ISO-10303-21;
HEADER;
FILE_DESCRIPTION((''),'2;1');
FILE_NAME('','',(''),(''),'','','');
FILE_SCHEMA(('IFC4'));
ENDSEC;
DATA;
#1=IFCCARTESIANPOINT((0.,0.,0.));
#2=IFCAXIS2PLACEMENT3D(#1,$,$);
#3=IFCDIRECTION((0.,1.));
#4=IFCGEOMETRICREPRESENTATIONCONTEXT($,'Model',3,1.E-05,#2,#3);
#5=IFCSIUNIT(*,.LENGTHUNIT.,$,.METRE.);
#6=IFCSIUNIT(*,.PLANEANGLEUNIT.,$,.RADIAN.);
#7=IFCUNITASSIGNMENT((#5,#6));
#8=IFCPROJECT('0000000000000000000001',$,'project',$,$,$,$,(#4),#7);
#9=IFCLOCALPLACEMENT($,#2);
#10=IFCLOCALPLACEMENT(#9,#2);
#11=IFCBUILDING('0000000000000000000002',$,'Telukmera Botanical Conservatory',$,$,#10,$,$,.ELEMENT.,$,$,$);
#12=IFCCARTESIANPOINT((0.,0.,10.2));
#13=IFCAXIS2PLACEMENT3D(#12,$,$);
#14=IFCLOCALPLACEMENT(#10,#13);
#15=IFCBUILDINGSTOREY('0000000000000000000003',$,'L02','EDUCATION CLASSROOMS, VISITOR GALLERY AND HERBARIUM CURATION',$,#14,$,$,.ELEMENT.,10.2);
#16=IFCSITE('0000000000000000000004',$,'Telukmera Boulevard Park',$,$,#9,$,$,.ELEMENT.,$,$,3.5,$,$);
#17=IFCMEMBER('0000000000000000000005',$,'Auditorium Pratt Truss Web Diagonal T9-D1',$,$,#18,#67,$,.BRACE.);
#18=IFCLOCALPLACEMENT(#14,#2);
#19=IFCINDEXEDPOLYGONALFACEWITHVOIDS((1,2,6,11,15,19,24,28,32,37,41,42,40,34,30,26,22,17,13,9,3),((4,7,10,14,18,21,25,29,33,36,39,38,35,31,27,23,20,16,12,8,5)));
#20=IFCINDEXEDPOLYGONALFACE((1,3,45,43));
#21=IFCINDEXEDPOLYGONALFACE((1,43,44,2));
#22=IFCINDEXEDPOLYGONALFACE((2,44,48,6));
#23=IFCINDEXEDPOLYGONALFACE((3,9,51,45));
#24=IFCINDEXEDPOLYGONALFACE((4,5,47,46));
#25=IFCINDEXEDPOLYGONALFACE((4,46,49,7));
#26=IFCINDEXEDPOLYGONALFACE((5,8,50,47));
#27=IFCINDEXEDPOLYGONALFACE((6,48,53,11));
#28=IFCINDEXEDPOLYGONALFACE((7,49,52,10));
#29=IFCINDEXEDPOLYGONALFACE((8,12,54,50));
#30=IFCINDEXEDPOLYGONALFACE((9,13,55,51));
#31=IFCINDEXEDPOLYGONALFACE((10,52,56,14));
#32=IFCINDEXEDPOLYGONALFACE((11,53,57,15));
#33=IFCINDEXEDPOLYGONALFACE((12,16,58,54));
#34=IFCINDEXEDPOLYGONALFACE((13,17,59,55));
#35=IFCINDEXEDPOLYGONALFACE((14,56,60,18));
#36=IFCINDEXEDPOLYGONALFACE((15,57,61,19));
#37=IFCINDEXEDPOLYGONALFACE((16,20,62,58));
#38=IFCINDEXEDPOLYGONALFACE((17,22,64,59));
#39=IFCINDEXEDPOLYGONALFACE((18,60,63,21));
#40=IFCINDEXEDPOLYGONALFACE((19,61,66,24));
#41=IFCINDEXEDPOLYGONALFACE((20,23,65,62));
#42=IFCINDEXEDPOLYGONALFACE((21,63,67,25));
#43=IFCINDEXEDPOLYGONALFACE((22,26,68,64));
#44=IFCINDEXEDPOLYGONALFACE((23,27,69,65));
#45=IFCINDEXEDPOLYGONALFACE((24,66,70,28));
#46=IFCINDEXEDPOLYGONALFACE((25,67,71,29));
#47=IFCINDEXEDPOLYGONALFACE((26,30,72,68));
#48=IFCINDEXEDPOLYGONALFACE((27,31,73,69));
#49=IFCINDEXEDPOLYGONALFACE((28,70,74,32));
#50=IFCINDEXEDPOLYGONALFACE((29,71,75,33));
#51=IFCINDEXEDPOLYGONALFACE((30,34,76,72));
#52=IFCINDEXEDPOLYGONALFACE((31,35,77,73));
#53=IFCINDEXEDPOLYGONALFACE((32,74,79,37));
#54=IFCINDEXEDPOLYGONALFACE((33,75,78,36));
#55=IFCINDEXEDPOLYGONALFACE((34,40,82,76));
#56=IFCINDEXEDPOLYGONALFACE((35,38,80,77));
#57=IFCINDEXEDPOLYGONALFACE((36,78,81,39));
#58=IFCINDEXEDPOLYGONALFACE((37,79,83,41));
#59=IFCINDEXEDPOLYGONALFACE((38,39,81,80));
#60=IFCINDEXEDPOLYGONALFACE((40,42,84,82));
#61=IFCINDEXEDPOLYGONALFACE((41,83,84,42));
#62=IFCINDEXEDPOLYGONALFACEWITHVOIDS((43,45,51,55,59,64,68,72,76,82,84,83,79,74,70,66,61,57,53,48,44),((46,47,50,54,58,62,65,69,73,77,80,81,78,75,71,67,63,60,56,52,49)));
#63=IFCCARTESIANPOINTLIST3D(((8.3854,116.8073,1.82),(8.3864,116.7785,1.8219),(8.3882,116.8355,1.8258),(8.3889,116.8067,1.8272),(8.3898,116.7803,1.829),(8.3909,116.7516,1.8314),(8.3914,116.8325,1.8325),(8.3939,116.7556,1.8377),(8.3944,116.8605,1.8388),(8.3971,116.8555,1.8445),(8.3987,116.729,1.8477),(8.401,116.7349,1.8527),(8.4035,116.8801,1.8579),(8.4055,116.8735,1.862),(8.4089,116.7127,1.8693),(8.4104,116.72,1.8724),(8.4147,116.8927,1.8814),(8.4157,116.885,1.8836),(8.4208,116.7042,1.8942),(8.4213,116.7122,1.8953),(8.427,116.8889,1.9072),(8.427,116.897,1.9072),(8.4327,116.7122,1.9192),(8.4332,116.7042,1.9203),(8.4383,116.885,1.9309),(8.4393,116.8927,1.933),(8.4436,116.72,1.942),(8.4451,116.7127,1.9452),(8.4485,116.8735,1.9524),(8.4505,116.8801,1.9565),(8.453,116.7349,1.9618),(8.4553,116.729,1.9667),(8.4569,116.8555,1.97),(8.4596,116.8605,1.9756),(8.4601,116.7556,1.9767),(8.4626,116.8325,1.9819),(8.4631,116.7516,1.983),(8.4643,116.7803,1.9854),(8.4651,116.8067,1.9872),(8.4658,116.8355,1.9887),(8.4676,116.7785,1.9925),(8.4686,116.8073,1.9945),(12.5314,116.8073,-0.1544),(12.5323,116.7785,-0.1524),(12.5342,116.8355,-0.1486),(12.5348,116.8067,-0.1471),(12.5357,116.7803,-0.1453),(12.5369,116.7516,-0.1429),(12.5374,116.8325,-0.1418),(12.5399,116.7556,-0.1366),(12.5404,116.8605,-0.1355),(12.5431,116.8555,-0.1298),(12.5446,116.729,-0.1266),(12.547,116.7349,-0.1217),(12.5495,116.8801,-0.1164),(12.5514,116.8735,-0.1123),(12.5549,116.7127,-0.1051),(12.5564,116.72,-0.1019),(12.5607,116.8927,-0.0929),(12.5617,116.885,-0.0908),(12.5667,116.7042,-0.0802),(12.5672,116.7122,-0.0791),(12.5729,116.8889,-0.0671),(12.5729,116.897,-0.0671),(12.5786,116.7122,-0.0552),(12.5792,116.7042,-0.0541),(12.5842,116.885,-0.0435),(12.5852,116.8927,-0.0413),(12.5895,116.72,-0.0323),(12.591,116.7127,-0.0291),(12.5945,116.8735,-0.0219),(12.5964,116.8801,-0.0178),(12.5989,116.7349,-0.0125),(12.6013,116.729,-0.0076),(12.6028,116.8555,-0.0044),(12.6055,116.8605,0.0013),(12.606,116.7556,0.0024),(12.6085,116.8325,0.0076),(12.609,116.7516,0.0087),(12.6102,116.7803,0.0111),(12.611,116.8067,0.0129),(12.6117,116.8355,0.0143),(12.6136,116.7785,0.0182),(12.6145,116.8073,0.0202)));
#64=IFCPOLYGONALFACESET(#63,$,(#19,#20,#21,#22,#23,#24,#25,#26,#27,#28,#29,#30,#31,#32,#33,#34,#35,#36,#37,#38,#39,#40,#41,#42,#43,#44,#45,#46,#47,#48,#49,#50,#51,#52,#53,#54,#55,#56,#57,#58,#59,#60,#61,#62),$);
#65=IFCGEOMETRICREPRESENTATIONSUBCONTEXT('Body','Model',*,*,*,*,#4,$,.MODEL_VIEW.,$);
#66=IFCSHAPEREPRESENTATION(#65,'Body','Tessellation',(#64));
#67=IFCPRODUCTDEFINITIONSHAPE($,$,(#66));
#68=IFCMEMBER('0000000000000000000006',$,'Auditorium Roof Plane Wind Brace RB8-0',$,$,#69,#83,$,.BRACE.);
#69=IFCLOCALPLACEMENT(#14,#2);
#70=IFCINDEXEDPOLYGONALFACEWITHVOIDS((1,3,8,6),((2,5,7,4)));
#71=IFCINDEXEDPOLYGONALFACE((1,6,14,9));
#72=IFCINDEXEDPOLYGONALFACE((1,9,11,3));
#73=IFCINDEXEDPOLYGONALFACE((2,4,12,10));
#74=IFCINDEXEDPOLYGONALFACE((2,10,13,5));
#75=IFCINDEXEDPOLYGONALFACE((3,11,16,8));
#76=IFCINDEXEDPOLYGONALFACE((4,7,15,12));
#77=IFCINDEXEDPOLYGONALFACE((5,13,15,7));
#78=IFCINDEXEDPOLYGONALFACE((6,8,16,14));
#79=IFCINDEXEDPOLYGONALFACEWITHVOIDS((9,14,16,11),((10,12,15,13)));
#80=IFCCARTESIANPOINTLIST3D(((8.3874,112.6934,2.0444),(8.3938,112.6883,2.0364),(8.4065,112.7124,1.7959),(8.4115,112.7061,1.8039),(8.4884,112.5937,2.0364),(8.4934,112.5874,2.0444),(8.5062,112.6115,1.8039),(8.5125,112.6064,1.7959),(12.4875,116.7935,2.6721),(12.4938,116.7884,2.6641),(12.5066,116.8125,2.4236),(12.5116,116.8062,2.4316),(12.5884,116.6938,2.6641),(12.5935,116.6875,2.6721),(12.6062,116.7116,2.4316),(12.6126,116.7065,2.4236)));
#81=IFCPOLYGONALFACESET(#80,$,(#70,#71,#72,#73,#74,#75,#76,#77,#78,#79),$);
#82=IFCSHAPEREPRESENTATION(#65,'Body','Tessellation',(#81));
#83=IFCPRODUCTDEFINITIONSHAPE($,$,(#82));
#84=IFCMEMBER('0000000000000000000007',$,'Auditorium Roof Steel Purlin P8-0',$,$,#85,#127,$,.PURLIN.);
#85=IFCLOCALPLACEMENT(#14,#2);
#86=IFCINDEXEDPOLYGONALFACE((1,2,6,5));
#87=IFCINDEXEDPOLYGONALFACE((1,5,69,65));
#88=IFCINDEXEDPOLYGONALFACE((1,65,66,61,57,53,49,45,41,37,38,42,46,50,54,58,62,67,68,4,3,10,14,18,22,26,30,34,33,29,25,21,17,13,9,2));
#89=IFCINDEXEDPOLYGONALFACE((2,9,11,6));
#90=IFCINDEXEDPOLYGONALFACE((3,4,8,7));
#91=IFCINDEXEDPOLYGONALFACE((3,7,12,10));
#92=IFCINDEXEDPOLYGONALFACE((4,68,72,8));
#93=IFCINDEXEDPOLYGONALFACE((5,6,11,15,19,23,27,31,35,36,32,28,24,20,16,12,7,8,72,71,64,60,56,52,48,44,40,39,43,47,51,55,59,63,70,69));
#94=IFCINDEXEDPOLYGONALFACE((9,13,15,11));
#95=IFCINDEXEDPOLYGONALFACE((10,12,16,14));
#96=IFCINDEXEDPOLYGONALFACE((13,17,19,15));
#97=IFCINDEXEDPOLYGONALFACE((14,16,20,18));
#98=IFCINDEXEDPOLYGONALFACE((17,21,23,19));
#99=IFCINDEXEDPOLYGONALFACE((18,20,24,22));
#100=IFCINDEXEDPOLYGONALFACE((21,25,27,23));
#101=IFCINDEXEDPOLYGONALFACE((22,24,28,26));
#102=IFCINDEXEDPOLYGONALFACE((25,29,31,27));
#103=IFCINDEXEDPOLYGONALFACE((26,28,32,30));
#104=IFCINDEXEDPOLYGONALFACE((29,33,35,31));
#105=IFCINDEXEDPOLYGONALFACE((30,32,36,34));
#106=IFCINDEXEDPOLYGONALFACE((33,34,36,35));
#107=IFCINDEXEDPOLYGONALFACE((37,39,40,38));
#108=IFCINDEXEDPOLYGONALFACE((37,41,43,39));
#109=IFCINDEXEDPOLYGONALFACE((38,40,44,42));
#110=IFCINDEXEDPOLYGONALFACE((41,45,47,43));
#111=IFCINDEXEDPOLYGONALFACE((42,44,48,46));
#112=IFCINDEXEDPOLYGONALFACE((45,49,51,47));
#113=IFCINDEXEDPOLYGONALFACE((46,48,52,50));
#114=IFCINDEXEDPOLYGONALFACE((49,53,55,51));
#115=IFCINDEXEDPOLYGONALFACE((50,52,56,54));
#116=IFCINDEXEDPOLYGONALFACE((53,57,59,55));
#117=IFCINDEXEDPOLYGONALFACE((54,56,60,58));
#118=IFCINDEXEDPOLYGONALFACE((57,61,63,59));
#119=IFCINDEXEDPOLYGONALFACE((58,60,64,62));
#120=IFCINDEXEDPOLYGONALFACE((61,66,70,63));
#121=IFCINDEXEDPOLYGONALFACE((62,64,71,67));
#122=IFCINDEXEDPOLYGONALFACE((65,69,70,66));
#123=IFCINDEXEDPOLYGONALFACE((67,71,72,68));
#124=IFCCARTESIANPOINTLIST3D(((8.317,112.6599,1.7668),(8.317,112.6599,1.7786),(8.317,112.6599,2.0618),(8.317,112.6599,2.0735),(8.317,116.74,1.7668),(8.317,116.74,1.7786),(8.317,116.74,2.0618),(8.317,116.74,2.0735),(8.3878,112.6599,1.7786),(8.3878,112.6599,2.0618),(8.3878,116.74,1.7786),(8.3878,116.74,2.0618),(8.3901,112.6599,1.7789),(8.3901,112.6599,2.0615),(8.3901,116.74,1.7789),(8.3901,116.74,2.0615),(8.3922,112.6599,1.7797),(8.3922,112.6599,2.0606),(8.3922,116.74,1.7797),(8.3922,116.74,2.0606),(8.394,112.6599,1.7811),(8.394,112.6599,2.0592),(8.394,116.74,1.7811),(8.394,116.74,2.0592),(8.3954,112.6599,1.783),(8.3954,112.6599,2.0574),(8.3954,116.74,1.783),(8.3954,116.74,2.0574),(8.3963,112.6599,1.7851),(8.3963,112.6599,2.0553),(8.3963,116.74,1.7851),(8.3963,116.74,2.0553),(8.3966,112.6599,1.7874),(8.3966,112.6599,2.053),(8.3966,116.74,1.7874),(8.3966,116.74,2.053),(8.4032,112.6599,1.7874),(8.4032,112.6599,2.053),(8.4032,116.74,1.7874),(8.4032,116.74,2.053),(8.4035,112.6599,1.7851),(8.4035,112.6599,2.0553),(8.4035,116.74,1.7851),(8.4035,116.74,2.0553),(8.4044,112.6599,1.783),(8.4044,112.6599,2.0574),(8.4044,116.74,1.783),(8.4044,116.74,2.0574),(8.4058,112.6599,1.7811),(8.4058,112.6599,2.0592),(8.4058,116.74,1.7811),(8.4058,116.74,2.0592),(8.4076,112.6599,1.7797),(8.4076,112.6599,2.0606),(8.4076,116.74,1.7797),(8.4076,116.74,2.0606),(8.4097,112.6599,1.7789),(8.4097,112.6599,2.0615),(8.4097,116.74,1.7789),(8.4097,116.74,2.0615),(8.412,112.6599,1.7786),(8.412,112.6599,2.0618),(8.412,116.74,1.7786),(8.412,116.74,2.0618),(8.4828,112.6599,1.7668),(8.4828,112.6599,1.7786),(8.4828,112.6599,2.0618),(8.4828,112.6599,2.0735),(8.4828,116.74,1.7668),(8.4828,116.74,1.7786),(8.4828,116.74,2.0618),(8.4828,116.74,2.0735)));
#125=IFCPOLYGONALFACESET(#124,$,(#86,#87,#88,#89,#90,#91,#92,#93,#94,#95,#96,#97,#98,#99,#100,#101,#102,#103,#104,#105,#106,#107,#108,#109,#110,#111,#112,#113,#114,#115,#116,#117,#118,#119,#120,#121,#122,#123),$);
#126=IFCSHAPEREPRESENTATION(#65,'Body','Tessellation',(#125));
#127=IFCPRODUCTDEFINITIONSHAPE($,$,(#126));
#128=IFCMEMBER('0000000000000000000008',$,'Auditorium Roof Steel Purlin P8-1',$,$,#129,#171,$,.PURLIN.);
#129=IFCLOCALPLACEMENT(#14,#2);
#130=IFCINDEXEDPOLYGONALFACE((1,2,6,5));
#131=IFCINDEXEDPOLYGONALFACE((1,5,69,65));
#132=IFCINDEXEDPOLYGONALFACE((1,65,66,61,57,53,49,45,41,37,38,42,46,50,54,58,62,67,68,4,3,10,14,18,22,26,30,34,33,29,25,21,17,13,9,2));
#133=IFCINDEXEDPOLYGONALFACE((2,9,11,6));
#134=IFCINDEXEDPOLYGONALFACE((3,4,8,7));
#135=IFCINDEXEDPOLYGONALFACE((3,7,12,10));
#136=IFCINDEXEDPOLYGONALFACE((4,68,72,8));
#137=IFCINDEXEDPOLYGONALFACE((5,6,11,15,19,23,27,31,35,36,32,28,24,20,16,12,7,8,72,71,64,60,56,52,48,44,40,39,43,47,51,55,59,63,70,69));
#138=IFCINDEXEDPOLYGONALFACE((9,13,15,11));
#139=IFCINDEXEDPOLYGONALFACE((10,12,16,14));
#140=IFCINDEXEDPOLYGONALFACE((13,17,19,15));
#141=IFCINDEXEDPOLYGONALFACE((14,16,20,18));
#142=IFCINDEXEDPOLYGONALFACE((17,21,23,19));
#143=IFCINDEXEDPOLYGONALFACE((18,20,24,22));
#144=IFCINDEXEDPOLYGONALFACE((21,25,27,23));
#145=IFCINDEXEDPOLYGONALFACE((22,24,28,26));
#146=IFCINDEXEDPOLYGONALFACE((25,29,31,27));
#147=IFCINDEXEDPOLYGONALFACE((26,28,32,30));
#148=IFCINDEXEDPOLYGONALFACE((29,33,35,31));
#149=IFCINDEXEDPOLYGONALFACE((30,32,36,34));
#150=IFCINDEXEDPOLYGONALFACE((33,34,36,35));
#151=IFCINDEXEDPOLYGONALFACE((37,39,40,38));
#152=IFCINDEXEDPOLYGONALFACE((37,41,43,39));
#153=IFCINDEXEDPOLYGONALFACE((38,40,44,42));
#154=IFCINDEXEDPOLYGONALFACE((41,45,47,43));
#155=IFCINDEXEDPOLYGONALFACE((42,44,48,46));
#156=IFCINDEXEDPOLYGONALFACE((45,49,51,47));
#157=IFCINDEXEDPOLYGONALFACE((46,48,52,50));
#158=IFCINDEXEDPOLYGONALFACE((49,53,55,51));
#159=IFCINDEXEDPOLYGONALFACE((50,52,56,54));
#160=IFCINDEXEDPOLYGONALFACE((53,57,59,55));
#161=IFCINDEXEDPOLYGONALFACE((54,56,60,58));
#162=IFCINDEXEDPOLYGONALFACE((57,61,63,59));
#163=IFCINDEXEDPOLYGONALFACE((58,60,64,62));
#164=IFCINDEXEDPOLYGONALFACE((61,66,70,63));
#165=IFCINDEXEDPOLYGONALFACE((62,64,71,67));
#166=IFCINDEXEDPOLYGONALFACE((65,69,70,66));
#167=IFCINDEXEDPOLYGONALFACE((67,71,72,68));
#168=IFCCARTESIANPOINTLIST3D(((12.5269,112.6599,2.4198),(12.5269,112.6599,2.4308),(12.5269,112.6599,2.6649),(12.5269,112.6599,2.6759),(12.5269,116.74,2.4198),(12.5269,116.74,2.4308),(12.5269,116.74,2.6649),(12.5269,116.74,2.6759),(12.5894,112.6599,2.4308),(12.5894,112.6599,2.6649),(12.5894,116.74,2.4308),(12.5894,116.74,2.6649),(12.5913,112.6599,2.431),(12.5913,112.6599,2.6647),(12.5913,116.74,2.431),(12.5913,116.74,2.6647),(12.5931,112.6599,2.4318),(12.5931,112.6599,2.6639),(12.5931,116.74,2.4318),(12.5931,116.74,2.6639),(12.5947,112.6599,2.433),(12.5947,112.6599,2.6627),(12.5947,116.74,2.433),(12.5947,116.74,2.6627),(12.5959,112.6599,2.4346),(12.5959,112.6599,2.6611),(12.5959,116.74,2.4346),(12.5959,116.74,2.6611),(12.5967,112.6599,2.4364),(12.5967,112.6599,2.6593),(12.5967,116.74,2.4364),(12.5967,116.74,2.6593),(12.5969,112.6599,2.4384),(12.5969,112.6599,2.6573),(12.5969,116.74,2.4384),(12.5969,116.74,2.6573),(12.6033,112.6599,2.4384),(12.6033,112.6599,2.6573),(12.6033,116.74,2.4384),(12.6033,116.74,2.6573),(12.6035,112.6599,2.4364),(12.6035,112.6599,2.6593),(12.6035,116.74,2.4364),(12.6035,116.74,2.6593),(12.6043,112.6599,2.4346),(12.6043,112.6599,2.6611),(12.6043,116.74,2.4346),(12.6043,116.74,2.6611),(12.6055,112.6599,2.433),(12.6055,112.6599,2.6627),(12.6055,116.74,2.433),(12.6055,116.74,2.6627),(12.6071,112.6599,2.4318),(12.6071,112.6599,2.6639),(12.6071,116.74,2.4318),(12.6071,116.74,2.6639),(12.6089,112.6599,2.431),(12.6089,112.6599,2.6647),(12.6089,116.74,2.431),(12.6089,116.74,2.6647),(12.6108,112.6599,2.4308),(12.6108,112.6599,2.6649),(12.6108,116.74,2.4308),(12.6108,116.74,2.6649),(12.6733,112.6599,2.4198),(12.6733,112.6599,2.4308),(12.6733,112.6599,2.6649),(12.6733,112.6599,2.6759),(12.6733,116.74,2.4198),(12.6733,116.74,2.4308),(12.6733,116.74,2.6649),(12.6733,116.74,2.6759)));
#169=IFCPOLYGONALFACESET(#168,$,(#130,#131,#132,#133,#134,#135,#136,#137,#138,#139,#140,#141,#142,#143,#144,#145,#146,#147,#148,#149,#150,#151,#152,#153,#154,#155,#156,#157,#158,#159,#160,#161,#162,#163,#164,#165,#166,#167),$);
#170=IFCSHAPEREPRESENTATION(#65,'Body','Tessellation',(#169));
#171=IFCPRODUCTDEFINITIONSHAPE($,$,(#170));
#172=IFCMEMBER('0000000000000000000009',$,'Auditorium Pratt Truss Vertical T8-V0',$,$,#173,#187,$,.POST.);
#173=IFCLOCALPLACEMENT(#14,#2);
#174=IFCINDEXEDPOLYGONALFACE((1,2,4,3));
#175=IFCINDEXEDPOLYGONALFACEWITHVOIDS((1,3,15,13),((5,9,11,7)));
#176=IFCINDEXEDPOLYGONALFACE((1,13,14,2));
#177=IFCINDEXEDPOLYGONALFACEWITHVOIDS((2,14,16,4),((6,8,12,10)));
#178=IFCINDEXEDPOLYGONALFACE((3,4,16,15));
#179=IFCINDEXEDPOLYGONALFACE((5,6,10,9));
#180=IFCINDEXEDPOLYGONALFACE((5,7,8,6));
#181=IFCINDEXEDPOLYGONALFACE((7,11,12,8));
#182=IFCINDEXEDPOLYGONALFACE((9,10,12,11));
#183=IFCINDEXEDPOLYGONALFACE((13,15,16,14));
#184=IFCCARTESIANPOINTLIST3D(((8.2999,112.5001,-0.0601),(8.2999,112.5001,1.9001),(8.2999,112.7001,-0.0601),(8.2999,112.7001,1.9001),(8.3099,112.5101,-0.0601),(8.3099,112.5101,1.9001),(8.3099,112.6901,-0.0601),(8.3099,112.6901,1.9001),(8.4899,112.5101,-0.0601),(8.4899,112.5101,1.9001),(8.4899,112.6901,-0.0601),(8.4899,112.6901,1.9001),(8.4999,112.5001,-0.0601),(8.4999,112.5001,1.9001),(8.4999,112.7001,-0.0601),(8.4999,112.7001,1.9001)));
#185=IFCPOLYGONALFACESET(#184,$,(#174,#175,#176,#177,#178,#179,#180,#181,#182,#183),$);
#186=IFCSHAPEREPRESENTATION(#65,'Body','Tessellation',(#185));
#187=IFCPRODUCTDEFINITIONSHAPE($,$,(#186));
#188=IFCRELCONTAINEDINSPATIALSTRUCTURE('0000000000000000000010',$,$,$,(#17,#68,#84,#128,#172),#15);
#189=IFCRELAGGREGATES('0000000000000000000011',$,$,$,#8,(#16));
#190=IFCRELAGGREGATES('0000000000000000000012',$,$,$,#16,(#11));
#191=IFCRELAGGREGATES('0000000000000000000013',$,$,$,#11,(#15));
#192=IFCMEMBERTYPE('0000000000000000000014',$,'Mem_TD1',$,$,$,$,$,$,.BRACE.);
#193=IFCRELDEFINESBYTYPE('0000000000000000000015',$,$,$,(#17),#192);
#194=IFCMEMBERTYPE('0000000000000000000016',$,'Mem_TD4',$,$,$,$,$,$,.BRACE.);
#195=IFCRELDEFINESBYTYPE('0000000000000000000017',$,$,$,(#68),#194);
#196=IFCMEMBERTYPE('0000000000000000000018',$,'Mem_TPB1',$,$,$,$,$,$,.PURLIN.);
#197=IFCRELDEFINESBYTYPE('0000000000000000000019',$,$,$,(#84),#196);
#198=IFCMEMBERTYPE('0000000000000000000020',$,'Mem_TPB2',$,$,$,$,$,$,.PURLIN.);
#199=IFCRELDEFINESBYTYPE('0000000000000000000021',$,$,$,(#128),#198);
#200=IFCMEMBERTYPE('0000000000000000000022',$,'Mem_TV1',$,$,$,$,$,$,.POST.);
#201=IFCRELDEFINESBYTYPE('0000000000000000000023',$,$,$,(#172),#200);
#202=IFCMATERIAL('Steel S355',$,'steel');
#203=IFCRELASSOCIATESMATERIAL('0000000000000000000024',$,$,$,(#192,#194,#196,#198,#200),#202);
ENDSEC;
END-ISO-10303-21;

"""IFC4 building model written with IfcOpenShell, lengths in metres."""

from ifc_helpers import new_model, si_unit, direction, frame, origin, origin_2d, place, context, subcontext, project, spatial, hollow_rectangle, hollow_circle, i_section, extrude, material, material_profile, profile_set, type_object, element, save


model = new_model("IFC4")

# Units and contexts
model_context = context("Model", 3, precision=1e-05, world=origin(), true_north=direction((0.0, 1.0)))
body_context = subcontext(model_context, "Body", "Model", "MODEL_VIEW")
ifc_project = project(units=[si_unit("LENGTHUNIT", "METRE"), si_unit("PLANEANGLEUNIT", "RADIAN")], contexts=[model_context])

# Site, building, storey
site_placement = place(None, origin())
site = spatial("IfcSite", under=ifc_project, at=site_placement, Name="Telukmera Boulevard Park", CompositionType="ELEMENT", RefElevation=3.5)
building_placement = place(site_placement, origin())
building = spatial("IfcBuilding", under=site, at=building_placement, Name="Telukmera Botanical Conservatory", CompositionType="ELEMENT")
storey_placement = place(building_placement, frame((0.0, 0.0, 10.2)))
storey = spatial("IfcBuildingStorey", under=building, at=storey_placement, Name="L02", Description="EDUCATION CLASSROOMS, VISITOR GALLERY AND HERBARIUM CURATION", CompositionType="ELEMENT", Elevation=10.2)

# Members
ifc_material_1 = material(Name="Steel S355", Category="steel")
ifc_material_profile_1 = material_profile(ifc_material_1, hollow_circle(Radius=0.0969, WallThickness=0.0081, at=origin_2d()), Name="CHS 193.7x8.0")
ifc_profile_set_1 = profile_set([ifc_material_profile_1], Name="Steel S355")
member_type_1 = type_object("IfcMemberType", Name="Mem_TD1", PredefinedType="BRACE", material=ifc_profile_set_1)
for number, where, z_axis, x_axis, name in (
    (1, (8.427, 116.8, 1.9072), (0.902854, 0.0, -0.429948), (0.0, 1.0, 0.0), "Auditorium Pratt Truss Web Diagonal T9-D1"),
):
    element("IfcMember", number, at=place(storey_placement, frame(where, z_axis=z_axis, x_axis=x_axis)), inside=storey, type_object=member_type_1, Name=name, PredefinedType="BRACE", context=body_context, shape_type="SweptSolid", body=[
        extrude(hollow_circle(Radius=0.0969, WallThickness=0.0081, at=origin_2d()), origin(), (0.0, 0.0, 1.0), 4.592),
    ])
ifc_material_profile_2 = material_profile(ifc_material_1, hollow_rectangle(XDim=0.1499, YDim=0.25, WallThickness=0.0081, at=origin_2d()), Name="RHS 250x150x8.0")
ifc_profile_set_2 = profile_set([ifc_material_profile_2], Name="Steel S355")
member_type_2 = type_object("IfcMemberType", Name="Mem_TD4", PredefinedType="BRACE", material=ifc_profile_set_2)
member_1_placement = place(storey_placement, frame((8.45, 112.6499, 1.9202), z_axis=(0.703, 0.703, 0.107623), x_axis=(-0.707107, 0.707107, 0.0)))
element("IfcMember", 2, at=member_1_placement, inside=storey, type_object=member_type_2, Name="Auditorium Roof Plane Wind Brace RB8-0", PredefinedType="BRACE", context=body_context, shape_type="SweptSolid", body=[
    extrude(hollow_rectangle(XDim=0.1499, YDim=0.25, WallThickness=0.0081, at=origin_2d()), origin(), (0.0, 0.0, 1.0), 5.8323),
])
ifc_material_profile_3 = material_profile(ifc_material_1, i_section(OverallWidth=0.1658, OverallDepth=0.3066, WebThickness=0.0066, FlangeThickness=0.0117, FilletRadius=0.0088, at=origin_2d()), Name="UB 305x165x46")
ifc_profile_set_3 = profile_set([ifc_material_profile_3], Name="Steel S355")
member_type_3 = type_object("IfcMemberType", Name="Mem_TPB1", PredefinedType="PURLIN", material=ifc_profile_set_3)
member_2_placement = place(storey_placement, frame((8.3999, 112.6599, 1.9202), z_axis=(0.0, 1.0, 0.0), x_axis=(-1.0, 0.0, 0.0)))
element("IfcMember", 3, at=member_2_placement, inside=storey, type_object=member_type_3, Name="Auditorium Roof Steel Purlin P8-0", PredefinedType="PURLIN", context=body_context, shape_type="SweptSolid", body=[
    extrude(i_section(OverallWidth=0.1658, OverallDepth=0.3066, WebThickness=0.0066, FlangeThickness=0.0117, FilletRadius=0.0088, at=origin_2d()), origin(), (0.0, 0.0, 1.0), 4.0801),
])
ifc_material_profile_4 = material_profile(ifc_material_1, i_section(OverallWidth=0.1465, OverallDepth=0.2561, WebThickness=0.0063, FlangeThickness=0.011, FilletRadius=0.0076, at=origin_2d()), Name="UB 254x146x37")
ifc_profile_set_4 = profile_set([ifc_material_profile_4], Name="Steel S355")
member_type_4 = type_object("IfcMemberType", Name="Mem_TPB2", PredefinedType="PURLIN", material=ifc_profile_set_4)
member_3_placement = place(storey_placement, frame((12.6001, 112.6599, 2.5479), z_axis=(0.0, 1.0, 0.0), x_axis=(-1.0, 0.0, 0.0)))
element("IfcMember", 4, at=member_3_placement, inside=storey, type_object=member_type_4, Name="Auditorium Roof Steel Purlin P8-1", PredefinedType="PURLIN", context=body_context, shape_type="SweptSolid", body=[
    extrude(i_section(OverallWidth=0.1465, OverallDepth=0.2561, WebThickness=0.0063, FlangeThickness=0.011, FilletRadius=0.0076, at=origin_2d()), origin(), (0.0, 0.0, 1.0), 4.0801),
])
ifc_material_profile_5 = material_profile(ifc_material_1, hollow_rectangle(XDim=0.2, YDim=0.2, WallThickness=0.01, at=origin_2d()), Name="SHS 200x200x10.0")
ifc_profile_set_5 = profile_set([ifc_material_profile_5], Name="Steel S355")
member_type_5 = type_object("IfcMemberType", Name="Mem_TV1", PredefinedType="POST", material=ifc_profile_set_5)
for number, where, z_axis, x_axis, name in (
    (5, (8.3999, 112.6001, -0.0601), (0.0, 0.0, 1.0), (1.0, 0.0, 0.0), "Auditorium Pratt Truss Vertical T8-V0"),
):
    element("IfcMember", number, at=place(storey_placement, frame(where, z_axis=z_axis, x_axis=x_axis)), inside=storey, type_object=member_type_5, Name=name, PredefinedType="POST", context=body_context, shape_type="SweptSolid", body=[
        extrude(hollow_rectangle(XDim=0.2, YDim=0.2, WallThickness=0.01, at=origin_2d()), origin(), (0.0, 0.0, 1.0), 1.9602),
    ])

save(model, "model.ifc")
